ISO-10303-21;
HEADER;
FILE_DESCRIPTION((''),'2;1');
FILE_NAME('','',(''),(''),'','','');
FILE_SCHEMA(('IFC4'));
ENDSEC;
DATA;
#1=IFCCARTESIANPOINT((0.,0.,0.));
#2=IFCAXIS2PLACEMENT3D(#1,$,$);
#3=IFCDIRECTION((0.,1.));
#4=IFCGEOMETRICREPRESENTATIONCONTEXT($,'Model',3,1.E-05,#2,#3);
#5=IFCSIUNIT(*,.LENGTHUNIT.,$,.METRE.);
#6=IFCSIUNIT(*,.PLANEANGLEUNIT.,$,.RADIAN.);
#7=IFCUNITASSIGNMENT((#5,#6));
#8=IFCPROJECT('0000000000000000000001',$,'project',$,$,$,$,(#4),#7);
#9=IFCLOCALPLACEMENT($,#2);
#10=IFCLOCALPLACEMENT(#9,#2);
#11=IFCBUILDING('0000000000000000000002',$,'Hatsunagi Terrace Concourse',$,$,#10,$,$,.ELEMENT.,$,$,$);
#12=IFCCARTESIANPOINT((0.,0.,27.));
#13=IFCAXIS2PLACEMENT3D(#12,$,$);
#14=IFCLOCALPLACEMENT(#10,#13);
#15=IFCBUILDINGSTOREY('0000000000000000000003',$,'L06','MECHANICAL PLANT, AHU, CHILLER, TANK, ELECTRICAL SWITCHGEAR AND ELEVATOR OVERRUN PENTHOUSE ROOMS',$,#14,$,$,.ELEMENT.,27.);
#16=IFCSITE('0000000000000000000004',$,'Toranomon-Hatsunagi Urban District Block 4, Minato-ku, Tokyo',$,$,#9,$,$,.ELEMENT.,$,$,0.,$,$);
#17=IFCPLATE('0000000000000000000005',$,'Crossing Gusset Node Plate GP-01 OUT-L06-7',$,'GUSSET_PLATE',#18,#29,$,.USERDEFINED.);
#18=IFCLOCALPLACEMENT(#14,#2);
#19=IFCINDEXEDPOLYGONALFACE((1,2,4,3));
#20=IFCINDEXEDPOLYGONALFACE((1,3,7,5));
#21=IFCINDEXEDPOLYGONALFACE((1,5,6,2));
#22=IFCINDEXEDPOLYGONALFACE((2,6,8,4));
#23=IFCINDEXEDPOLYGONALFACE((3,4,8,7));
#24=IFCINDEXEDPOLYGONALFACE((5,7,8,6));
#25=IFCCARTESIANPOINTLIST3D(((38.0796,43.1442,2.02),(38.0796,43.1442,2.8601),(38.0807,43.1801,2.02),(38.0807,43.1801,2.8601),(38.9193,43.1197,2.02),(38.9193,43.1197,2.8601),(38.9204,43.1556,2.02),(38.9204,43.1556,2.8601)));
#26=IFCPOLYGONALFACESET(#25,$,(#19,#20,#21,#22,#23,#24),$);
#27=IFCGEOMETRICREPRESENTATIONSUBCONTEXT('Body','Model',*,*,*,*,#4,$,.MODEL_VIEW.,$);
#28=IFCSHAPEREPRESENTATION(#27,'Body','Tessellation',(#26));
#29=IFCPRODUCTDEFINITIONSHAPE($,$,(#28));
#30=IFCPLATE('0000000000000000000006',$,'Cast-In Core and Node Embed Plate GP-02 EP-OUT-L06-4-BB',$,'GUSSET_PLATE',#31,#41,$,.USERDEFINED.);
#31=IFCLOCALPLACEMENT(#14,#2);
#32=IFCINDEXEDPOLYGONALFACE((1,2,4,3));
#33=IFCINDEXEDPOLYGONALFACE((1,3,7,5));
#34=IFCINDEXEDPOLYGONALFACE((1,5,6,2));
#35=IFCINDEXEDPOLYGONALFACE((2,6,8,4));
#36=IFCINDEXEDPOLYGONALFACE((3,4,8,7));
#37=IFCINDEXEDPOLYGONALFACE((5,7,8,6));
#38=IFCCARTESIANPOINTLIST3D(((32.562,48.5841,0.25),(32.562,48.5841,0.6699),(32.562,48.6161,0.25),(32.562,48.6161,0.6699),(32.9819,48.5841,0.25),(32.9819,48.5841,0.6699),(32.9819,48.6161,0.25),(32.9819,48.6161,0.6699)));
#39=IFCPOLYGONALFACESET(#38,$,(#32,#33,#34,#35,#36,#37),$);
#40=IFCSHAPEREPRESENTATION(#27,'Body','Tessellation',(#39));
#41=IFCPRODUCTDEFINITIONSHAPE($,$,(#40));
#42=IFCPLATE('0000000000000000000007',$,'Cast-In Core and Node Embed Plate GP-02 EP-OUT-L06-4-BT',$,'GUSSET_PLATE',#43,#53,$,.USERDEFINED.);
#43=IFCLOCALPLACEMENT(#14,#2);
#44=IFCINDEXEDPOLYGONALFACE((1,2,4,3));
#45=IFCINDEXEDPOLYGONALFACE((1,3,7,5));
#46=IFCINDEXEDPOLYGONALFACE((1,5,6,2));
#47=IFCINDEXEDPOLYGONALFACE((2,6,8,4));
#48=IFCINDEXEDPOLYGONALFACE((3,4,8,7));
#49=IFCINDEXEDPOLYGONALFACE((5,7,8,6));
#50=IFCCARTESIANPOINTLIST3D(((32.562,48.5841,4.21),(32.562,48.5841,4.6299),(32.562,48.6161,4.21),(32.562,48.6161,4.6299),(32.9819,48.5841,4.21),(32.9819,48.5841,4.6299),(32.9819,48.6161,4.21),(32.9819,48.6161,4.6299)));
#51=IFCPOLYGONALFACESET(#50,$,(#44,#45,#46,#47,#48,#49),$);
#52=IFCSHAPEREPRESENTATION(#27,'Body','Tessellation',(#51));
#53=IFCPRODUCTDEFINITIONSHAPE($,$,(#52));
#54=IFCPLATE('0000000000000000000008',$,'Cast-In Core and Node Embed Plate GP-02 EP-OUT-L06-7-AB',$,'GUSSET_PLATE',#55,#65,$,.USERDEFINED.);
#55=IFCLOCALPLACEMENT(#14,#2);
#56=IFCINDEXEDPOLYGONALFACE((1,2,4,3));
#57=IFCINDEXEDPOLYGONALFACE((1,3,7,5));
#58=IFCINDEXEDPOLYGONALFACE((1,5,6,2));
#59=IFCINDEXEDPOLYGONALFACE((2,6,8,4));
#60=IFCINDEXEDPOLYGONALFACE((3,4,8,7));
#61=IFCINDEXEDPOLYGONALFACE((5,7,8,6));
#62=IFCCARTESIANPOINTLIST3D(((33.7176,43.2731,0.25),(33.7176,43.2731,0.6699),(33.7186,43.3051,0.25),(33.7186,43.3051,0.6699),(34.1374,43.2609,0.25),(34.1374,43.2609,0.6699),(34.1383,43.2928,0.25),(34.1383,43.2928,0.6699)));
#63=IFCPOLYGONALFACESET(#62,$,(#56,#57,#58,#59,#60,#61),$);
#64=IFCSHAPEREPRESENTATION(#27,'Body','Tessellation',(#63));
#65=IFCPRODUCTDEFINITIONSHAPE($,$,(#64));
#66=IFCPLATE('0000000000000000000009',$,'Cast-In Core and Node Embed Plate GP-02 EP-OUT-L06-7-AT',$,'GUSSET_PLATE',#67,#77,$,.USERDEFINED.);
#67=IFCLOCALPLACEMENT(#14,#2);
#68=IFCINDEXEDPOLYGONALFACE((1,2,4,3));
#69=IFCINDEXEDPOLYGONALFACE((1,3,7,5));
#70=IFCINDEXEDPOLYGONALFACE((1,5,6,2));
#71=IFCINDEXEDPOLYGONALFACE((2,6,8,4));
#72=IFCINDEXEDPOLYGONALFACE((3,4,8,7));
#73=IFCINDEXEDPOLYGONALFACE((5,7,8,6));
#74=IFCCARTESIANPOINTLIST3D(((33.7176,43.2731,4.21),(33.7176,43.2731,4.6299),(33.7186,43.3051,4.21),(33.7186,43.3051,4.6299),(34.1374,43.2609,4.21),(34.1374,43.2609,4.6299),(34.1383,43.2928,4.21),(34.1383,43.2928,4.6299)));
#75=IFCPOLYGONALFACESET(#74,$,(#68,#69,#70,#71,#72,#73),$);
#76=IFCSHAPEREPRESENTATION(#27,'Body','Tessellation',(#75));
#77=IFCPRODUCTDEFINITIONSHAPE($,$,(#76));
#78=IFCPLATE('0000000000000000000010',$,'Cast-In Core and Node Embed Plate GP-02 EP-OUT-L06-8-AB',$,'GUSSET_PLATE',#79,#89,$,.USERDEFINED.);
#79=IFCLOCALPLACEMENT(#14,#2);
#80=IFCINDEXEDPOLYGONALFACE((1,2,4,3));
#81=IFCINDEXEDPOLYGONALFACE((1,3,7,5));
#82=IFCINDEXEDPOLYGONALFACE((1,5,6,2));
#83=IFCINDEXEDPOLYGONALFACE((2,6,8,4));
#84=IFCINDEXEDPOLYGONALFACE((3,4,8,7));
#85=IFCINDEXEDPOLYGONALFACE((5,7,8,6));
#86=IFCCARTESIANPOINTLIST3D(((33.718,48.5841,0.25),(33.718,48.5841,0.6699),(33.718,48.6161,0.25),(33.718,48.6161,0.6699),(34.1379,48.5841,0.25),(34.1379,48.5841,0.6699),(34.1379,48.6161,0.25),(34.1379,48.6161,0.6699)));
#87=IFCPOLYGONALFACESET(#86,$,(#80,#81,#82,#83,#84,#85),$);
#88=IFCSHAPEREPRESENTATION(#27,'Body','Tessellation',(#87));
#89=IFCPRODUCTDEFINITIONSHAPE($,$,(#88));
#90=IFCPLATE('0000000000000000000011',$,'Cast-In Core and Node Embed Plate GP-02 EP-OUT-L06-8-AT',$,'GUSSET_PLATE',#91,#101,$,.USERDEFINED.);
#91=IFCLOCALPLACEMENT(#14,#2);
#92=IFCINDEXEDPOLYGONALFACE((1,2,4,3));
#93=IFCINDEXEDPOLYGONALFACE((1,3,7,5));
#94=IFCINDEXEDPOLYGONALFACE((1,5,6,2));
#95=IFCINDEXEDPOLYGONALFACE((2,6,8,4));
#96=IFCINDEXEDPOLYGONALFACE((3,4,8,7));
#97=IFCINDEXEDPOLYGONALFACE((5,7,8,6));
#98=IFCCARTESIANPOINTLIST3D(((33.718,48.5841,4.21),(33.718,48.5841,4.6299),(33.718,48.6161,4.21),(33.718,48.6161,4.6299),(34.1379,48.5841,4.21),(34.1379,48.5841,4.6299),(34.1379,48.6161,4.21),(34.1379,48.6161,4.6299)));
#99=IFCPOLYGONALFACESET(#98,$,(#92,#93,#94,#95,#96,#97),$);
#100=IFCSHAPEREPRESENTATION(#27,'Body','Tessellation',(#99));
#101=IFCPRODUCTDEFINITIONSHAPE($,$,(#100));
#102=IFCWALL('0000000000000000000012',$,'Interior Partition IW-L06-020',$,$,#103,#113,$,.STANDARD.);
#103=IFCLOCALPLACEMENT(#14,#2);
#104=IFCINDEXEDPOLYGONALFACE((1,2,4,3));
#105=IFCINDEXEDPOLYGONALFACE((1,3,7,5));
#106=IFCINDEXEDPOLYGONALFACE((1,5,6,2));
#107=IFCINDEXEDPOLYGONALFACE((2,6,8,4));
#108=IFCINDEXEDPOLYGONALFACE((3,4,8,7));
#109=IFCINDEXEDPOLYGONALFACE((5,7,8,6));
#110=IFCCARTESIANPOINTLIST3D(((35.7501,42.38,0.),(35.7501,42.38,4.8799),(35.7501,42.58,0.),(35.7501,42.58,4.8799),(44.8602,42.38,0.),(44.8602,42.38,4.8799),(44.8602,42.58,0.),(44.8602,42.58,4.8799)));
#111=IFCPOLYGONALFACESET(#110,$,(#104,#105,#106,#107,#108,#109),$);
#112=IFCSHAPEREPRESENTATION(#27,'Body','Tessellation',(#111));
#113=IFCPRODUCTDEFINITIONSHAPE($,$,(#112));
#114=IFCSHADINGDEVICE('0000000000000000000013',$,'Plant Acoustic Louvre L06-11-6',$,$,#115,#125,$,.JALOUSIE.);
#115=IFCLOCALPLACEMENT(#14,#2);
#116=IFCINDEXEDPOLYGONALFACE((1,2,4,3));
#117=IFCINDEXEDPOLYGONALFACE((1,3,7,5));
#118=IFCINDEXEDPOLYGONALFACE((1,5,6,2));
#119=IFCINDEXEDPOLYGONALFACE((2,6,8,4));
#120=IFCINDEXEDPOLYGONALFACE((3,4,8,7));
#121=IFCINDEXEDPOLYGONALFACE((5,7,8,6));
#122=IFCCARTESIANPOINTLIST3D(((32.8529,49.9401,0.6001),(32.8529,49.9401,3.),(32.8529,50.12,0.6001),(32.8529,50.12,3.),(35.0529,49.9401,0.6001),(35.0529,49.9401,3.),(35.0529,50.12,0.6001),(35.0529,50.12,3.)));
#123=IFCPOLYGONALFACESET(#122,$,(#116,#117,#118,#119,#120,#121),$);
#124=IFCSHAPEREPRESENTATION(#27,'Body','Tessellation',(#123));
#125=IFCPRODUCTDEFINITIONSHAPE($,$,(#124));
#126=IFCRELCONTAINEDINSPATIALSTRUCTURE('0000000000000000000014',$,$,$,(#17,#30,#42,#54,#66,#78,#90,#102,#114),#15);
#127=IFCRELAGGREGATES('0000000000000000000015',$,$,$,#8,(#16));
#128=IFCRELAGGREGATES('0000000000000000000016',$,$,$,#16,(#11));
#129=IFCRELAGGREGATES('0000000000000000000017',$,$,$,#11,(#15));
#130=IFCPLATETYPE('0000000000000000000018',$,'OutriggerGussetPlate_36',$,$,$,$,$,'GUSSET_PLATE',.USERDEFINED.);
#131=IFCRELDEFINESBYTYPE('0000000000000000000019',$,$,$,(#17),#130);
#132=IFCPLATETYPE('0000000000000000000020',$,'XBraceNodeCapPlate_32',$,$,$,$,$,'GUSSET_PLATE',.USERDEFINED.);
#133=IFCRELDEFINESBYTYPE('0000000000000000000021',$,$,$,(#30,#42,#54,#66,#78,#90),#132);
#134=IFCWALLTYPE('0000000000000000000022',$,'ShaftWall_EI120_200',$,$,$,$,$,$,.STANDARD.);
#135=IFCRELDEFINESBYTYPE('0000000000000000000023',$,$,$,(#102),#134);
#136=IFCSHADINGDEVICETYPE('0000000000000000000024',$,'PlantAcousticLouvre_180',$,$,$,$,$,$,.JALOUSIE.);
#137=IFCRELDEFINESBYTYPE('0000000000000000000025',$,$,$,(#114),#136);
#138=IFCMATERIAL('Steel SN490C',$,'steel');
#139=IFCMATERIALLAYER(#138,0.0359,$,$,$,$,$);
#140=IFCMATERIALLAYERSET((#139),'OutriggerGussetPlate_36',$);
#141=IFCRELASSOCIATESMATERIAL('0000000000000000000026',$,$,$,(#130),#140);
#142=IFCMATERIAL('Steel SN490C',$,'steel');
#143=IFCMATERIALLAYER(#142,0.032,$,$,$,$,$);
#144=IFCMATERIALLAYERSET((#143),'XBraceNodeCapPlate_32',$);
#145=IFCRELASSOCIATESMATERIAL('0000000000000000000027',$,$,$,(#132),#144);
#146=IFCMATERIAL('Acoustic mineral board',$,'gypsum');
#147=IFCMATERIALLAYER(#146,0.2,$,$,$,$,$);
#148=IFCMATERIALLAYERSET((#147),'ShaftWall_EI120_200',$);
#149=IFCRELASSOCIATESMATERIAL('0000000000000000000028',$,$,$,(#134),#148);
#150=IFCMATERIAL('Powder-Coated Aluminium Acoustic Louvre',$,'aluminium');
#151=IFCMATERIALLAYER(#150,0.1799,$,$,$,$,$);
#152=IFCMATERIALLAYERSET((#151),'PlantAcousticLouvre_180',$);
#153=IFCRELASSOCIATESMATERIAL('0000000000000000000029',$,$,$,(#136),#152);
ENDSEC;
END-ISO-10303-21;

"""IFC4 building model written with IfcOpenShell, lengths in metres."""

from ifc_helpers import new_model, si_unit, direction, frame, frame_2d, origin, origin_2d, place, context, subcontext, project, spatial, rectangle, extrude, material, layer, layer_set, type_object, element, save


model = new_model("IFC4")

# Units and contexts
model_context = context("Model", 3, precision=1e-05, world=origin(), true_north=direction((0.0, 1.0)))
body_context = subcontext(model_context, "Body", "Model", "MODEL_VIEW")
ifc_project = project(units=[si_unit("LENGTHUNIT", "METRE"), si_unit("PLANEANGLEUNIT", "RADIAN")], contexts=[model_context])

# Site, building, storey
site_placement = place(None, origin())
site = spatial("IfcSite", under=ifc_project, at=site_placement, Name="Toranomon-Hatsunagi Urban District Block 4, Minato-ku, Tokyo", CompositionType="ELEMENT", RefElevation=0.0)
building_placement = place(site_placement, origin())
building = spatial("IfcBuilding", under=site, at=building_placement, Name="Hatsunagi Terrace Concourse", CompositionType="ELEMENT")
storey_placement = place(building_placement, frame((0.0, 0.0, 27.0)))
storey = spatial("IfcBuildingStorey", under=building, at=storey_placement, Name="L06", Description="MECHANICAL PLANT, AHU, CHILLER, TANK, ELECTRICAL SWITCHGEAR AND ELEVATOR OVERRUN PENTHOUSE ROOMS", CompositionType="ELEMENT", Elevation=27.0)

# Plates
ifc_material_1 = material(Name="Steel SN490C", Category="steel")
ifc_layer_1 = layer(ifc_material_1, 0.0359)
ifc_layer_set_1 = layer_set([ifc_layer_1], Name="OutriggerGussetPlate_36")
plate_type_1 = type_object("IfcPlateType", Name="OutriggerGussetPlate_36", ElementType="GUSSET_PLATE", PredefinedType="USERDEFINED", material=ifc_layer_set_1)
plate_placement = place(storey_placement, frame((38.5, 43.1499, 2.02), z_axis=(0.0, 0.0, 1.0), x_axis=(0.999576, -0.029113, 0.0)))
element("IfcPlate", 1, at=plate_placement, inside=storey, type_object=plate_type_1, Name="Crossing Gusset Node Plate GP-01 OUT-L06-7", ObjectType="GUSSET_PLATE", PredefinedType="USERDEFINED", context=body_context, shape_type="SweptSolid", body=[
    extrude(rectangle(XDim=0.8401, YDim=0.0359, at=origin_2d()), origin(), (0.0, 0.0, 1.0), 0.8401),
])
ifc_material_2 = material(Name="Steel SN490C", Category="steel")
ifc_layer_2 = layer(ifc_material_2, 0.032)
ifc_layer_set_2 = layer_set([ifc_layer_2], Name="XBraceNodeCapPlate_32")
plate_type_2 = type_object("IfcPlateType", Name="XBraceNodeCapPlate_32", ElementType="GUSSET_PLATE", PredefinedType="USERDEFINED", material=ifc_layer_set_2)
for number, where, z_axis, x_axis, name in (
    (2, (32.772, 48.6001, 0.25), (0.0, 0.0, 1.0), (1.0, 0.0, 0.0), "Cast-In Core and Node Embed Plate GP-02 EP-OUT-L06-4-BB"),
    (3, (32.772, 48.6001, 4.21), (0.0, 0.0, 1.0), (1.0, 0.0, 0.0), "Cast-In Core and Node Embed Plate GP-02 EP-OUT-L06-4-BT"),
    (4, (33.928, 43.283, 0.25), (0.0, 0.0, 1.0), (0.999576, -0.029113, 0.0), "Cast-In Core and Node Embed Plate GP-02 EP-OUT-L06-7-AB"),
    (5, (33.928, 43.283, 4.21), (0.0, 0.0, 1.0), (0.999576, -0.029113, 0.0), "Cast-In Core and Node Embed Plate GP-02 EP-OUT-L06-7-AT"),
    (6, (33.928, 48.6001, 0.25), (0.0, 0.0, 1.0), (1.0, 0.0, 0.0), "Cast-In Core and Node Embed Plate GP-02 EP-OUT-L06-8-AB"),
    (7, (33.928, 48.6001, 4.21), (0.0, 0.0, 1.0), (1.0, 0.0, 0.0), "Cast-In Core and Node Embed Plate GP-02 EP-OUT-L06-8-AT"),
):
    element("IfcPlate", number, at=place(storey_placement, frame(where, z_axis=z_axis, x_axis=x_axis)), inside=storey, type_object=plate_type_2, Name=name, ObjectType="GUSSET_PLATE", PredefinedType="USERDEFINED", context=body_context, shape_type="SweptSolid", body=[
        extrude(rectangle(XDim=0.4199, YDim=0.032, at=origin_2d()), origin(), (0.0, 0.0, 1.0), 0.4199),
    ])

# Wall
ifc_material_3 = material(Name="Acoustic mineral board", Category="gypsum")
ifc_layer_3 = layer(ifc_material_3, 0.2)
ifc_layer_set_3 = layer_set([ifc_layer_3], Name="ShaftWall_EI120_200")
wall_type = type_object("IfcWallType", Name="ShaftWall_EI120_200", PredefinedType="STANDARD", material=ifc_layer_set_3)
wall_placement = place(storey_placement, frame((35.75, 42.48, 0.0), z_axis=(0.0, 0.0, 1.0), x_axis=(1.0, 0.0, 0.0)))
element("IfcWall", 8, at=wall_placement, inside=storey, type_object=wall_type, Name="Interior Partition IW-L06-020", PredefinedType="STANDARD", context=body_context, shape_type="SweptSolid", body=[
    extrude(rectangle(XDim=9.1101, YDim=0.2, at=frame_2d((4.5552, 0.0))), origin(), (0.0, 0.0, 1.0), 4.8799),
])

# Shading device
ifc_material_4 = material(Name="Powder-Coated Aluminium Acoustic Louvre", Category="aluminium")
ifc_layer_4 = layer(ifc_material_4, 0.1799)
ifc_layer_set_4 = layer_set([ifc_layer_4], Name="PlantAcousticLouvre_180")
shading_device_type = type_object("IfcShadingDeviceType", Name="PlantAcousticLouvre_180", PredefinedType="JALOUSIE", material=ifc_layer_set_4)
shading_device_placement = place(storey_placement, frame((33.9529, 50.03, 0.6001), z_axis=(0.0, 0.0, 1.0), x_axis=(1.0, 0.0, 0.0)))
element("IfcShadingDevice", 9, at=shading_device_placement, inside=storey, type_object=shading_device_type, Name="Plant Acoustic Louvre L06-11-6", PredefinedType="JALOUSIE", context=body_context, shape_type="SweptSolid", body=[
    extrude(rectangle(XDim=2.2, YDim=0.1799, at=origin_2d()), origin(), (0.0, 0.0, 1.0), 2.3999),
])

save(model, "model.ifc")
